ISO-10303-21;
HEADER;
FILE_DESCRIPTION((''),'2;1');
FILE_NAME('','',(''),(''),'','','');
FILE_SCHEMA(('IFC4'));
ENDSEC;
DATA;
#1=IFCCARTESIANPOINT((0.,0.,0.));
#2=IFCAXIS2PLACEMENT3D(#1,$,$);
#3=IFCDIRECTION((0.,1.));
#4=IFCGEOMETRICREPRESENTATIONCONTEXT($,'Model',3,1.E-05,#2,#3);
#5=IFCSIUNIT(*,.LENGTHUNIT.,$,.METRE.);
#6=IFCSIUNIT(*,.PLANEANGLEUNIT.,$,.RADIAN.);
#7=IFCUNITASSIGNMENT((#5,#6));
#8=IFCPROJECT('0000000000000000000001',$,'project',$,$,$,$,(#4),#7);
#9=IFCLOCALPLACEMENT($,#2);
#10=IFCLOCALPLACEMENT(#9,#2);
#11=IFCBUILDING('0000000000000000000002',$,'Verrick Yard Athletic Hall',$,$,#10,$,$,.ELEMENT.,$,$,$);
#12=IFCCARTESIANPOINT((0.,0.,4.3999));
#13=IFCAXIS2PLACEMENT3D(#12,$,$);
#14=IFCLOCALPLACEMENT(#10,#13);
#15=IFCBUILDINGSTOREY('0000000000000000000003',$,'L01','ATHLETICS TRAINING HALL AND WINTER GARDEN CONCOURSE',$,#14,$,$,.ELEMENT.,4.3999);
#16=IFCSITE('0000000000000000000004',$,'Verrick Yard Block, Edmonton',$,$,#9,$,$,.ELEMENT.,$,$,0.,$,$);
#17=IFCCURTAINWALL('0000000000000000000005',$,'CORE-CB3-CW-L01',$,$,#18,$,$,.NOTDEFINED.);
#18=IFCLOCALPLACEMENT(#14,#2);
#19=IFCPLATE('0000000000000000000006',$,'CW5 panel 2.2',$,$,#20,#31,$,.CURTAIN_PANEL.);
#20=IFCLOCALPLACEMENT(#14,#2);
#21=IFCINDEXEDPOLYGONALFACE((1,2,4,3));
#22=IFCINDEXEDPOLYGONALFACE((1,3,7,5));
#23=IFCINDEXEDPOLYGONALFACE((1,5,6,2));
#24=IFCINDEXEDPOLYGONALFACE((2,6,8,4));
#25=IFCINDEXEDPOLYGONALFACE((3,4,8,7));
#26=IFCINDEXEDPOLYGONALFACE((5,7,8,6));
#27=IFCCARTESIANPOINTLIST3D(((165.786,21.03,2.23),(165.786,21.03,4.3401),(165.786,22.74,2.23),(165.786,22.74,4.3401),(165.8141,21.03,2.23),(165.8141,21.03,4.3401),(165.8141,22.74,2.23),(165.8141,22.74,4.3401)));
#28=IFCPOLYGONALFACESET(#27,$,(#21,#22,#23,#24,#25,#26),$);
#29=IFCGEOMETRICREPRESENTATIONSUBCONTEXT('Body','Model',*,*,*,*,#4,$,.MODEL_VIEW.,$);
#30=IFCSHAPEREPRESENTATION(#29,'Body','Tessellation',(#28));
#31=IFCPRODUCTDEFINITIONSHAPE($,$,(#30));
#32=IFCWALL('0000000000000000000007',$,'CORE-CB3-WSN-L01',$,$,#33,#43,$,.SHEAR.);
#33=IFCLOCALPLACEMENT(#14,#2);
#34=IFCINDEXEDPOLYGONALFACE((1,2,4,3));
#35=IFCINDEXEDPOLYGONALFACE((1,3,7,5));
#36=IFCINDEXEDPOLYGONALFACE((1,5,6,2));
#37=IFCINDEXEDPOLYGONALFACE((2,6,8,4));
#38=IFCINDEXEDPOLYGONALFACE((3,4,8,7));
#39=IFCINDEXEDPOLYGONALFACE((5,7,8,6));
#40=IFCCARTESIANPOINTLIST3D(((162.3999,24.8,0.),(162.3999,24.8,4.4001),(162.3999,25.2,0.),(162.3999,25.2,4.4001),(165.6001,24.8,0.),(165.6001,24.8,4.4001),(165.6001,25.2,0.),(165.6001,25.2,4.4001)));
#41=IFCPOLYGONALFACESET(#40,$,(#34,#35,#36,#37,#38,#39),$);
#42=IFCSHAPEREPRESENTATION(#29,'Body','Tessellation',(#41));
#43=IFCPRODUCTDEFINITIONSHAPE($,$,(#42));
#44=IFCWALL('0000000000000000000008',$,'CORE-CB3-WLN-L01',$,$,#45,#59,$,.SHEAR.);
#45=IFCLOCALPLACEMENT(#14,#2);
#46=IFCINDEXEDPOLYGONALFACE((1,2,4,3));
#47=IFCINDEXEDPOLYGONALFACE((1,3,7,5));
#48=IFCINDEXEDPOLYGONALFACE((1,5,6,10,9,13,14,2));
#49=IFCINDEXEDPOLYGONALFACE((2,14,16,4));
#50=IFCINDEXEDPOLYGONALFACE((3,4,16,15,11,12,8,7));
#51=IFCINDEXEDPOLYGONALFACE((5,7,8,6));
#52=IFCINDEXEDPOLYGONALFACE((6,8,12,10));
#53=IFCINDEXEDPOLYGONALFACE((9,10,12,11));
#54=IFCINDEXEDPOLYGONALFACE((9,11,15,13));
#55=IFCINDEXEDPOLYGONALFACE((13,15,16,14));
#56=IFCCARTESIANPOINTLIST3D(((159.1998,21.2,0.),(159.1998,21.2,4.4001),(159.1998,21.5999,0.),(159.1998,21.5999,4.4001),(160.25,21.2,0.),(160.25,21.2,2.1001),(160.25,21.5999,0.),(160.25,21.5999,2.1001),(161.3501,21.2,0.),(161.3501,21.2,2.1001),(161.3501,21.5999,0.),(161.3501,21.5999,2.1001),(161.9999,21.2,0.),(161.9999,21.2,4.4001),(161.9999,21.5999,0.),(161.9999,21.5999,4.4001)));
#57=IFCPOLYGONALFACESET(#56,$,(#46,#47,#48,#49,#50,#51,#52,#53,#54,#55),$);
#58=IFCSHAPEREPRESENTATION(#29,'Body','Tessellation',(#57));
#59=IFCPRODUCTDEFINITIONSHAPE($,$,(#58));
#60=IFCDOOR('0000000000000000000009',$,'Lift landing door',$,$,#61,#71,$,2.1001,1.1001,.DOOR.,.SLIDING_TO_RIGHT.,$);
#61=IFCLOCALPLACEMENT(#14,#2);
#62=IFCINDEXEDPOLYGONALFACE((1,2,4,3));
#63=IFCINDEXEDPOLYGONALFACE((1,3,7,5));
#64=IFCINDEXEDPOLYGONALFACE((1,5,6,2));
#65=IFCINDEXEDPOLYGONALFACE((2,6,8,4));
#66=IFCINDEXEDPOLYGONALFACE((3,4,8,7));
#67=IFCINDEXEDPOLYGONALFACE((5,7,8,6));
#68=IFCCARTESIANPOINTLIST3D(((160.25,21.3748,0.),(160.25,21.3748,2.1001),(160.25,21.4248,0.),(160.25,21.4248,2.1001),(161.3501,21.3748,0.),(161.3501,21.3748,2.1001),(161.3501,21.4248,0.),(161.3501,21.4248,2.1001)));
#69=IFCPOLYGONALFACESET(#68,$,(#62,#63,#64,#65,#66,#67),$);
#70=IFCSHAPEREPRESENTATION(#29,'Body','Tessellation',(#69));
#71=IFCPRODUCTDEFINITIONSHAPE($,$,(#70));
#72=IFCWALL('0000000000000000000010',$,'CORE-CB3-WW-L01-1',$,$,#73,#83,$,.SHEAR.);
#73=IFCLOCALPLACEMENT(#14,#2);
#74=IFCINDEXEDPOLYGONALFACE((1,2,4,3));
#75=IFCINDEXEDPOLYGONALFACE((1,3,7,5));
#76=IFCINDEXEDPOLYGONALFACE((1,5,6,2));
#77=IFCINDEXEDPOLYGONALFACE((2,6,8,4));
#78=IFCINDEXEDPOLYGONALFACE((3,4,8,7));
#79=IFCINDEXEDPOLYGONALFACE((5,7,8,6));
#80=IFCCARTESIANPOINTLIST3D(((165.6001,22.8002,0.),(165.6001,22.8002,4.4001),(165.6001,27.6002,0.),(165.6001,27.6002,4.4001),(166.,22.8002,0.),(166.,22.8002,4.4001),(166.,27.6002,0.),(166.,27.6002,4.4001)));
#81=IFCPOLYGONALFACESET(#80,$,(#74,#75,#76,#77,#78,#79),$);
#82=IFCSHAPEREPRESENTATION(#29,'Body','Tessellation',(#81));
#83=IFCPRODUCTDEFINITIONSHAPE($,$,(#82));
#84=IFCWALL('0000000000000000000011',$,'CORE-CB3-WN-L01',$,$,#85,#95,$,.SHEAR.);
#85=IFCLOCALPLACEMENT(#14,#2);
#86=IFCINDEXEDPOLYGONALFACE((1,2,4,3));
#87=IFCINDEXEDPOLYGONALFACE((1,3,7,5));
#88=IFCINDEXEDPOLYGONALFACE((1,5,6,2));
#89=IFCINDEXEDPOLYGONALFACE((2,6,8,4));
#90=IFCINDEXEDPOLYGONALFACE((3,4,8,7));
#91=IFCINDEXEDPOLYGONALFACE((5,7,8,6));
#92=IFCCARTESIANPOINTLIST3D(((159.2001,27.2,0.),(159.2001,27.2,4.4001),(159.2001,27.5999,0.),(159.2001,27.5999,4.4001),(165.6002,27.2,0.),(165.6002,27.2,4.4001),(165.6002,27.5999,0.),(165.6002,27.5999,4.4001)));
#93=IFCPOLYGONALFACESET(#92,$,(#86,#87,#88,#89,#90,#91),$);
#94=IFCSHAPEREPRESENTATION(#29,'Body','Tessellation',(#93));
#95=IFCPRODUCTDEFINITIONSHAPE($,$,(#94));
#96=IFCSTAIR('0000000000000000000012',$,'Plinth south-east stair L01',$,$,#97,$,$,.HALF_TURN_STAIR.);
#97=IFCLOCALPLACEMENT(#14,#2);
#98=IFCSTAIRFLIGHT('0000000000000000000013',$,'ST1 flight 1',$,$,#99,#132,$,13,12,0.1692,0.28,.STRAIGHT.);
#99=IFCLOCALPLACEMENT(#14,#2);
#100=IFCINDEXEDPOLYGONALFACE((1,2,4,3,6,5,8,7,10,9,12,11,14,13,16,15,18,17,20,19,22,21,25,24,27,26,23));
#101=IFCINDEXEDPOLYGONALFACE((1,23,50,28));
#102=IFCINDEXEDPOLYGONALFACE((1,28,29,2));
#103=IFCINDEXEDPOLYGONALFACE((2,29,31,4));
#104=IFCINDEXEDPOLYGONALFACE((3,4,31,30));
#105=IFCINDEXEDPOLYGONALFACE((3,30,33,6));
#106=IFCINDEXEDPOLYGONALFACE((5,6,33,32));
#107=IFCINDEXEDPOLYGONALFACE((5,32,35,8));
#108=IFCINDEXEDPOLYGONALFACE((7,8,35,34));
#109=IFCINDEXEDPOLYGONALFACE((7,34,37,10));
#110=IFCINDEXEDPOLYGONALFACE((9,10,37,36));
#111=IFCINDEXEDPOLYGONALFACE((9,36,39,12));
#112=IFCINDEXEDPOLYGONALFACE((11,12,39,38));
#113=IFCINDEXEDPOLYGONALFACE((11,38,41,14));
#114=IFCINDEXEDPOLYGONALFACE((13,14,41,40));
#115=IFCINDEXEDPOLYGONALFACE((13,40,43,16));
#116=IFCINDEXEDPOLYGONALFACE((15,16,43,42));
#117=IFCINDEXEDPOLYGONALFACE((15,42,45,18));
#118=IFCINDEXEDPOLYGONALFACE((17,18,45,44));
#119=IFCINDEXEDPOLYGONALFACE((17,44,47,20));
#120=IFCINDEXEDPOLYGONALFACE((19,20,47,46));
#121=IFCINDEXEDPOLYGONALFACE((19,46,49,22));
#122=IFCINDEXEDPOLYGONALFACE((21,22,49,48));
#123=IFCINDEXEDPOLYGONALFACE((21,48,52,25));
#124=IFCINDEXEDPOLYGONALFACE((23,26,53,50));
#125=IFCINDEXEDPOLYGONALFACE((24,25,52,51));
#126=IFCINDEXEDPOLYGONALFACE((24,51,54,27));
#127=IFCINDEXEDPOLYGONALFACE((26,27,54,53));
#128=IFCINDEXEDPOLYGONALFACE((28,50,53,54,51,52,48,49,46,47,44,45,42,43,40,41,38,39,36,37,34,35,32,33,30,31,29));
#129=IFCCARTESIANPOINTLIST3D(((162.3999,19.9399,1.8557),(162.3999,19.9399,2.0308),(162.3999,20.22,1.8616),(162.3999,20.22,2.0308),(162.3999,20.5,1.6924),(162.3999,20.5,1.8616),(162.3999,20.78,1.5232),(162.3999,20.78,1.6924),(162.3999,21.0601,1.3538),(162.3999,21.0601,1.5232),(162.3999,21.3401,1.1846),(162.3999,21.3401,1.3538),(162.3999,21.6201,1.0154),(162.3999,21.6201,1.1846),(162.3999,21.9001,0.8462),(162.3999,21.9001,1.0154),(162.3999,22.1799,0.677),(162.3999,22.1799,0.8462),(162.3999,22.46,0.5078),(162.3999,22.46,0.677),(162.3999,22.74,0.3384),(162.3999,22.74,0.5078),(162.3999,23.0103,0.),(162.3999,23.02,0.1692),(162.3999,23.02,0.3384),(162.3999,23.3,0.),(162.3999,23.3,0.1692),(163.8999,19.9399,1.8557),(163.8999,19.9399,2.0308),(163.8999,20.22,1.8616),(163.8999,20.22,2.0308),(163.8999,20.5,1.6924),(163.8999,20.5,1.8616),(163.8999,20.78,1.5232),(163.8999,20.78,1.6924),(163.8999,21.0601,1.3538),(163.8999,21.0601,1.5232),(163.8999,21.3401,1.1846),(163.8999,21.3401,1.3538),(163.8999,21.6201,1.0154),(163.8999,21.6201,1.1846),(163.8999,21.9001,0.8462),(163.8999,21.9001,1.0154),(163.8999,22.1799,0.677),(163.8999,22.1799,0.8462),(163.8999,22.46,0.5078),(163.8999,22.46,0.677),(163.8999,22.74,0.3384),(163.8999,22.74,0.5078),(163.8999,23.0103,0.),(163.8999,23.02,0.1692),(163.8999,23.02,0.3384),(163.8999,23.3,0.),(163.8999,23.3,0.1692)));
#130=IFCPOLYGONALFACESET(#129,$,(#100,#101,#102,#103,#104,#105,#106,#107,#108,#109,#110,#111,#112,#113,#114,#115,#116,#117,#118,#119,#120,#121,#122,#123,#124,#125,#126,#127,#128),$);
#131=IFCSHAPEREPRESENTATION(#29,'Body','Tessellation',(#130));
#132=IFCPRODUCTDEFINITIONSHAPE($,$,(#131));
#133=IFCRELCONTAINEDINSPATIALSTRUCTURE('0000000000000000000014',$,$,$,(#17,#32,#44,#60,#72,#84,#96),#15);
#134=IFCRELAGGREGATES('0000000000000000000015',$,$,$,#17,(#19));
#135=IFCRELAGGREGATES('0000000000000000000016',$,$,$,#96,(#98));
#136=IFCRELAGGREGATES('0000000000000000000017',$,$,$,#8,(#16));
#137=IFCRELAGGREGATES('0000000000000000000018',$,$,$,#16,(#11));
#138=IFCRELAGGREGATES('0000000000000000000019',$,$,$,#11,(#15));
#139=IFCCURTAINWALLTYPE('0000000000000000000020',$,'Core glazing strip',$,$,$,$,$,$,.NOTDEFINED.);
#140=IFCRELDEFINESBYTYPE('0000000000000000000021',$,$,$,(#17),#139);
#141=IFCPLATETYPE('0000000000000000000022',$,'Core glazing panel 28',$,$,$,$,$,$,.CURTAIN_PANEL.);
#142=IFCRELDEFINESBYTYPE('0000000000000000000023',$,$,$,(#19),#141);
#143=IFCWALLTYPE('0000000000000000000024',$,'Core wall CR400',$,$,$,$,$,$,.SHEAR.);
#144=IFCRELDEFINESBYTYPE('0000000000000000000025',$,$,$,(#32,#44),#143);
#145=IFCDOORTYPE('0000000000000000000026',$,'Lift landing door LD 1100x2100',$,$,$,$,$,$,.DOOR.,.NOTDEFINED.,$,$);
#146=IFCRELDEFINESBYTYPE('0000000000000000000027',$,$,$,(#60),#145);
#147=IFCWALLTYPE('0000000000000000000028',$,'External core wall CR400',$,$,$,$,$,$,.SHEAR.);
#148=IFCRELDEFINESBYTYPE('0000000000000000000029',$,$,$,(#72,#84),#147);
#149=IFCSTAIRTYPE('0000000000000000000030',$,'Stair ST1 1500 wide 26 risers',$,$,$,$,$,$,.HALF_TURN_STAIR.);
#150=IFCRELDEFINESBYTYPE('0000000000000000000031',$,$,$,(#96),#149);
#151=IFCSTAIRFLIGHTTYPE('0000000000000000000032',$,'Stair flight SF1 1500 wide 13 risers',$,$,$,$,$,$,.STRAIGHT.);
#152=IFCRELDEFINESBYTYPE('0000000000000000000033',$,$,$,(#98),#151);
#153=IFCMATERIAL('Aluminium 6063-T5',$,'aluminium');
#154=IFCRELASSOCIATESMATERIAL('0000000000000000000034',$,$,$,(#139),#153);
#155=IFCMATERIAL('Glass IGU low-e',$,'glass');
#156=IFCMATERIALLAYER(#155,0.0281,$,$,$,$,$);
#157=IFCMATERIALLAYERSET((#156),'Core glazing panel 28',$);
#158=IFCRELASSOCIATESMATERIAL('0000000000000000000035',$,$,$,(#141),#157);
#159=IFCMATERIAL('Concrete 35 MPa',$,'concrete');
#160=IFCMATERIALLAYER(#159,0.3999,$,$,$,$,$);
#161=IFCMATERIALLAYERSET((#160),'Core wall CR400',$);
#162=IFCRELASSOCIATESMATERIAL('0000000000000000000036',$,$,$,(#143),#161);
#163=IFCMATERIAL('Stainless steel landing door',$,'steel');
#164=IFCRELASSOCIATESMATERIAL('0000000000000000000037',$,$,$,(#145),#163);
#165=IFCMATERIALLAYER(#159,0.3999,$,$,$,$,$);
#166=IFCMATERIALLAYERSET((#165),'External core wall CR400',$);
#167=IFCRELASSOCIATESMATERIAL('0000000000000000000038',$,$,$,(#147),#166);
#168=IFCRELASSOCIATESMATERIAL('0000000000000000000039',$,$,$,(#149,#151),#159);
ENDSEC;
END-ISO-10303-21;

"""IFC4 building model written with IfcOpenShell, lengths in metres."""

from ifc_helpers import new_model, si_unit, direction, frame, frame_2d, origin, origin_2d, place, context, subcontext, project, spatial, polyline, rectangle, outline, extrude, material, layer, layer_set, type_object, element, fill, aggregate, save


model = new_model("IFC4")

# Units and contexts
model_context = context("Model", 3, precision=1e-05, world=origin(), true_north=direction((0.0, 1.0)))
body_context = subcontext(model_context, "Body", "Model", "MODEL_VIEW")
ifc_project = project(units=[si_unit("LENGTHUNIT", "METRE"), si_unit("PLANEANGLEUNIT", "RADIAN")], contexts=[model_context])

# Site, building, storey
site_placement = place(None, origin())
site = spatial("IfcSite", under=ifc_project, at=site_placement, Name="Verrick Yard Block, Edmonton", CompositionType="ELEMENT", RefElevation=0.0)
building_placement = place(site_placement, origin())
building = spatial("IfcBuilding", under=site, at=building_placement, Name="Verrick Yard Athletic Hall", CompositionType="ELEMENT")
storey_placement = place(building_placement, frame((0.0, 0.0, 4.3999)))
storey = spatial("IfcBuildingStorey", under=building, at=storey_placement, Name="L01", Description="ATHLETICS TRAINING HALL AND WINTER GARDEN CONCOURSE", CompositionType="ELEMENT", Elevation=4.3999)

# Curtain wall
ifc_material_1 = material(Name="Aluminium 6063-T5", Category="aluminium")
curtain_wall_type_1 = type_object("IfcCurtainWallType", Name="Core glazing strip", PredefinedType="NOTDEFINED", material=ifc_material_1)
curtain_wall_1_placement = place(storey_placement, origin())
curtain_wall_1 = element("IfcCurtainWall", 1, at=curtain_wall_1_placement, inside=storey, type_object=curtain_wall_type_1, Name="CORE-CB3-CW-L01", PredefinedType="NOTDEFINED")

# Plate
ifc_material_2 = material(Name="Glass IGU low-e", Category="glass")
ifc_layer_1 = layer(ifc_material_2, 0.0281)
ifc_layer_set_1 = layer_set([ifc_layer_1], Name="Core glazing panel 28")
plate_type_1 = type_object("IfcPlateType", Name="Core glazing panel 28", PredefinedType="CURTAIN_PANEL", material=ifc_layer_set_1)
plate_1_placement = place(storey_placement, frame((165.8, 21.885, 2.23), z_axis=(0.0, 0.0, 1.0), x_axis=(0.0, 1.0, 0.0)))
plate_1 = element("IfcPlate", 2, at=plate_1_placement, type_object=plate_type_1, Name="CW5 panel 2.2", PredefinedType="CURTAIN_PANEL", context=body_context, shape_type="SweptSolid", body=[
    extrude(rectangle(XDim=1.71, YDim=0.0281, at=origin_2d()), origin(), (0.0, 0.0, 1.0), 2.1101),
])
aggregate(curtain_wall_1, [plate_1])

# Wall
ifc_material_3 = material(Name="Concrete 35 MPa", Category="concrete")
ifc_layer_2 = layer(ifc_material_3, 0.3999)
ifc_layer_set_2 = layer_set([ifc_layer_2], Name="Core wall CR400")
wall_type_1 = type_object("IfcWallType", Name="Core wall CR400", PredefinedType="SHEAR", material=ifc_layer_set_2)
wall_1_placement = place(storey_placement, frame((162.3999, 25.0, 0.0), z_axis=(0.0, 0.0, 1.0), x_axis=(1.0, 0.0, 0.0)))
element("IfcWall", 3, at=wall_1_placement, inside=storey, type_object=wall_type_1, Name="CORE-CB3-WSN-L01", PredefinedType="SHEAR", context=body_context, shape_type="SweptSolid", body=[
    extrude(rectangle(XDim=3.2002, YDim=0.3999, at=frame_2d((1.6001, 0.0))), origin(), (0.0, 0.0, 1.0), 4.4001),
])

# Wall, opening, door
wall_2_placement = place(storey_placement, frame((159.2, 21.3999, 0.0), z_axis=(0.0, 0.0, 1.0), x_axis=(1.0, 0.0, 0.0)))
wall_2 = element("IfcWall", 4, at=wall_2_placement, inside=storey, type_object=wall_type_1, Name="CORE-CB3-WLN-L01", PredefinedType="SHEAR", context=body_context, shape_type="SweptSolid", body=[
    extrude(rectangle(XDim=2.8, YDim=0.3999, at=frame_2d((1.3999, 0.0))), origin(), (0.0, 0.0, 1.0), 4.4001),
])
opening_placement = place(wall_2_placement, frame((1.05, 0.0, 0.0)))
opening = element("IfcOpeningElement", 5, at=opening_placement, cuts=wall_2, PredefinedType="OPENING", context=body_context, shape_type="SweptSolid", body=[
    extrude(rectangle(XDim=1.1001, YDim=2.1001, at=frame_2d((0.55, 1.05))), frame((0.0, 0.21, 0.0), z_axis=(0.0, -1.0, 0.0), x_axis=(1.0, 0.0, 0.0)), (0.0, 0.0, 1.0), 0.4199),
])
ifc_material_4 = material(Name="Stainless steel landing door", Category="steel")
door_type = type_object("IfcDoorType", Name="Lift landing door LD 1100x2100", OperationType="NOTDEFINED", PredefinedType="DOOR", material=ifc_material_4)
door_placement = place(opening_placement, origin())
door = element("IfcDoor", 6, at=door_placement, inside=storey, type_object=door_type, Name="Lift landing door", OperationType="SLIDING_TO_RIGHT", OverallHeight=2.1001, OverallWidth=1.1001, PredefinedType="DOOR", context=body_context, shape_type="SweptSolid", body=[
    extrude(rectangle(XDim=1.1001, YDim=2.1001, at=frame_2d((0.55, 1.05))), frame((0.0, 0.0249, 0.0), z_axis=(0.0, -1.0, 0.0), x_axis=(1.0, 0.0, 0.0)), (0.0, 0.0, 1.0), 0.05),
])
fill(opening, door)

# Walls
ifc_layer_3 = layer(ifc_material_3, 0.3999)
ifc_layer_set_3 = layer_set([ifc_layer_3], Name="External core wall CR400")
wall_type_2 = type_object("IfcWallType", Name="External core wall CR400", PredefinedType="SHEAR", material=ifc_layer_set_3)
wall_3_placement = place(storey_placement, frame((165.8, 27.6001, 0.0), z_axis=(0.0, 0.0, 1.0), x_axis=(0.0, -1.0, 0.0)))
element("IfcWall", 7, at=wall_3_placement, inside=storey, type_object=wall_type_2, Name="CORE-CB3-WW-L01-1", PredefinedType="SHEAR", context=body_context, shape_type="SweptSolid", body=[
    extrude(rectangle(XDim=4.8, YDim=0.3999, at=frame_2d((2.3999, 0.0))), origin(), (0.0, 0.0, 1.0), 4.4001),
])
wall_4_placement = place(storey_placement, frame((159.2, 27.3999, 0.0), z_axis=(0.0, 0.0, 1.0), x_axis=(1.0, 0.0, 0.0)))
element("IfcWall", 8, at=wall_4_placement, inside=storey, type_object=wall_type_2, Name="CORE-CB3-WN-L01", PredefinedType="SHEAR", context=body_context, shape_type="SweptSolid", body=[
    extrude(rectangle(XDim=6.4001, YDim=0.3999, at=frame_2d((3.2002, 0.0))), origin(), (0.0, 0.0, 1.0), 4.4001),
])

# Stair, stair flight
stair_type = type_object("IfcStairType", Name="Stair ST1 1500 wide 26 risers", PredefinedType="HALF_TURN_STAIR", material=ifc_material_3)
stair_placement = place(storey_placement, origin())
stair = element("IfcStair", 9, at=stair_placement, inside=storey, type_object=stair_type, Name="Plinth south-east stair L01", PredefinedType="HALF_TURN_STAIR")
stair_flight_type = type_object("IfcStairFlightType", Name="Stair flight SF1 1500 wide 13 risers", PredefinedType="STRAIGHT", material=ifc_material_3)
stair_flight_placement = place(storey_placement, frame((163.1499, 23.3, 0.0), z_axis=(0.0, 0.0, 1.0), x_axis=(0.0, -1.0, 0.0)))
stair_flight = element("IfcStairFlight", 10, at=stair_flight_placement, type_object=stair_flight_type, Name="ST1 flight 1", NumberOfRisers=13, NumberOfTreads=12, PredefinedType="STRAIGHT", RiserHeight=0.1692, TreadLength=0.28, context=body_context, shape_type="SweptSolid", body=[
    extrude(outline(polyline([(0.0, 0.0), (0.0, 0.1692), (0.28, 0.1692), (0.28, 0.3384), (0.5601, 0.3384), (0.5601, 0.5078), (0.8401, 0.5078), (0.8401, 0.677), (1.1201, 0.677), (1.1201, 0.8462), (1.3999, 0.8462), (1.3999, 1.0154), (1.6799, 1.0154), (1.6799, 1.1846), (1.96, 1.1846), (1.96, 1.3538), (2.24, 1.3538), (2.24, 1.5232), (2.52, 1.5232), (2.52, 1.6924), (2.8, 1.6924), (2.8, 1.8616), (3.0801, 1.8616), (3.0801, 2.0308), (3.3601, 2.0308), (3.3601, 2.2), (3.3601, 1.8557), (0.2898, 0.0), (0.0, 0.0)])), frame((0.0, 0.75, 0.0), z_axis=(0.0, -1.0, 0.0), x_axis=(1.0, 0.0, 0.0)), (0.0, 0.0, 1.0), 1.5),
])
aggregate(stair, [stair_flight])

save(model, "model.ifc")
